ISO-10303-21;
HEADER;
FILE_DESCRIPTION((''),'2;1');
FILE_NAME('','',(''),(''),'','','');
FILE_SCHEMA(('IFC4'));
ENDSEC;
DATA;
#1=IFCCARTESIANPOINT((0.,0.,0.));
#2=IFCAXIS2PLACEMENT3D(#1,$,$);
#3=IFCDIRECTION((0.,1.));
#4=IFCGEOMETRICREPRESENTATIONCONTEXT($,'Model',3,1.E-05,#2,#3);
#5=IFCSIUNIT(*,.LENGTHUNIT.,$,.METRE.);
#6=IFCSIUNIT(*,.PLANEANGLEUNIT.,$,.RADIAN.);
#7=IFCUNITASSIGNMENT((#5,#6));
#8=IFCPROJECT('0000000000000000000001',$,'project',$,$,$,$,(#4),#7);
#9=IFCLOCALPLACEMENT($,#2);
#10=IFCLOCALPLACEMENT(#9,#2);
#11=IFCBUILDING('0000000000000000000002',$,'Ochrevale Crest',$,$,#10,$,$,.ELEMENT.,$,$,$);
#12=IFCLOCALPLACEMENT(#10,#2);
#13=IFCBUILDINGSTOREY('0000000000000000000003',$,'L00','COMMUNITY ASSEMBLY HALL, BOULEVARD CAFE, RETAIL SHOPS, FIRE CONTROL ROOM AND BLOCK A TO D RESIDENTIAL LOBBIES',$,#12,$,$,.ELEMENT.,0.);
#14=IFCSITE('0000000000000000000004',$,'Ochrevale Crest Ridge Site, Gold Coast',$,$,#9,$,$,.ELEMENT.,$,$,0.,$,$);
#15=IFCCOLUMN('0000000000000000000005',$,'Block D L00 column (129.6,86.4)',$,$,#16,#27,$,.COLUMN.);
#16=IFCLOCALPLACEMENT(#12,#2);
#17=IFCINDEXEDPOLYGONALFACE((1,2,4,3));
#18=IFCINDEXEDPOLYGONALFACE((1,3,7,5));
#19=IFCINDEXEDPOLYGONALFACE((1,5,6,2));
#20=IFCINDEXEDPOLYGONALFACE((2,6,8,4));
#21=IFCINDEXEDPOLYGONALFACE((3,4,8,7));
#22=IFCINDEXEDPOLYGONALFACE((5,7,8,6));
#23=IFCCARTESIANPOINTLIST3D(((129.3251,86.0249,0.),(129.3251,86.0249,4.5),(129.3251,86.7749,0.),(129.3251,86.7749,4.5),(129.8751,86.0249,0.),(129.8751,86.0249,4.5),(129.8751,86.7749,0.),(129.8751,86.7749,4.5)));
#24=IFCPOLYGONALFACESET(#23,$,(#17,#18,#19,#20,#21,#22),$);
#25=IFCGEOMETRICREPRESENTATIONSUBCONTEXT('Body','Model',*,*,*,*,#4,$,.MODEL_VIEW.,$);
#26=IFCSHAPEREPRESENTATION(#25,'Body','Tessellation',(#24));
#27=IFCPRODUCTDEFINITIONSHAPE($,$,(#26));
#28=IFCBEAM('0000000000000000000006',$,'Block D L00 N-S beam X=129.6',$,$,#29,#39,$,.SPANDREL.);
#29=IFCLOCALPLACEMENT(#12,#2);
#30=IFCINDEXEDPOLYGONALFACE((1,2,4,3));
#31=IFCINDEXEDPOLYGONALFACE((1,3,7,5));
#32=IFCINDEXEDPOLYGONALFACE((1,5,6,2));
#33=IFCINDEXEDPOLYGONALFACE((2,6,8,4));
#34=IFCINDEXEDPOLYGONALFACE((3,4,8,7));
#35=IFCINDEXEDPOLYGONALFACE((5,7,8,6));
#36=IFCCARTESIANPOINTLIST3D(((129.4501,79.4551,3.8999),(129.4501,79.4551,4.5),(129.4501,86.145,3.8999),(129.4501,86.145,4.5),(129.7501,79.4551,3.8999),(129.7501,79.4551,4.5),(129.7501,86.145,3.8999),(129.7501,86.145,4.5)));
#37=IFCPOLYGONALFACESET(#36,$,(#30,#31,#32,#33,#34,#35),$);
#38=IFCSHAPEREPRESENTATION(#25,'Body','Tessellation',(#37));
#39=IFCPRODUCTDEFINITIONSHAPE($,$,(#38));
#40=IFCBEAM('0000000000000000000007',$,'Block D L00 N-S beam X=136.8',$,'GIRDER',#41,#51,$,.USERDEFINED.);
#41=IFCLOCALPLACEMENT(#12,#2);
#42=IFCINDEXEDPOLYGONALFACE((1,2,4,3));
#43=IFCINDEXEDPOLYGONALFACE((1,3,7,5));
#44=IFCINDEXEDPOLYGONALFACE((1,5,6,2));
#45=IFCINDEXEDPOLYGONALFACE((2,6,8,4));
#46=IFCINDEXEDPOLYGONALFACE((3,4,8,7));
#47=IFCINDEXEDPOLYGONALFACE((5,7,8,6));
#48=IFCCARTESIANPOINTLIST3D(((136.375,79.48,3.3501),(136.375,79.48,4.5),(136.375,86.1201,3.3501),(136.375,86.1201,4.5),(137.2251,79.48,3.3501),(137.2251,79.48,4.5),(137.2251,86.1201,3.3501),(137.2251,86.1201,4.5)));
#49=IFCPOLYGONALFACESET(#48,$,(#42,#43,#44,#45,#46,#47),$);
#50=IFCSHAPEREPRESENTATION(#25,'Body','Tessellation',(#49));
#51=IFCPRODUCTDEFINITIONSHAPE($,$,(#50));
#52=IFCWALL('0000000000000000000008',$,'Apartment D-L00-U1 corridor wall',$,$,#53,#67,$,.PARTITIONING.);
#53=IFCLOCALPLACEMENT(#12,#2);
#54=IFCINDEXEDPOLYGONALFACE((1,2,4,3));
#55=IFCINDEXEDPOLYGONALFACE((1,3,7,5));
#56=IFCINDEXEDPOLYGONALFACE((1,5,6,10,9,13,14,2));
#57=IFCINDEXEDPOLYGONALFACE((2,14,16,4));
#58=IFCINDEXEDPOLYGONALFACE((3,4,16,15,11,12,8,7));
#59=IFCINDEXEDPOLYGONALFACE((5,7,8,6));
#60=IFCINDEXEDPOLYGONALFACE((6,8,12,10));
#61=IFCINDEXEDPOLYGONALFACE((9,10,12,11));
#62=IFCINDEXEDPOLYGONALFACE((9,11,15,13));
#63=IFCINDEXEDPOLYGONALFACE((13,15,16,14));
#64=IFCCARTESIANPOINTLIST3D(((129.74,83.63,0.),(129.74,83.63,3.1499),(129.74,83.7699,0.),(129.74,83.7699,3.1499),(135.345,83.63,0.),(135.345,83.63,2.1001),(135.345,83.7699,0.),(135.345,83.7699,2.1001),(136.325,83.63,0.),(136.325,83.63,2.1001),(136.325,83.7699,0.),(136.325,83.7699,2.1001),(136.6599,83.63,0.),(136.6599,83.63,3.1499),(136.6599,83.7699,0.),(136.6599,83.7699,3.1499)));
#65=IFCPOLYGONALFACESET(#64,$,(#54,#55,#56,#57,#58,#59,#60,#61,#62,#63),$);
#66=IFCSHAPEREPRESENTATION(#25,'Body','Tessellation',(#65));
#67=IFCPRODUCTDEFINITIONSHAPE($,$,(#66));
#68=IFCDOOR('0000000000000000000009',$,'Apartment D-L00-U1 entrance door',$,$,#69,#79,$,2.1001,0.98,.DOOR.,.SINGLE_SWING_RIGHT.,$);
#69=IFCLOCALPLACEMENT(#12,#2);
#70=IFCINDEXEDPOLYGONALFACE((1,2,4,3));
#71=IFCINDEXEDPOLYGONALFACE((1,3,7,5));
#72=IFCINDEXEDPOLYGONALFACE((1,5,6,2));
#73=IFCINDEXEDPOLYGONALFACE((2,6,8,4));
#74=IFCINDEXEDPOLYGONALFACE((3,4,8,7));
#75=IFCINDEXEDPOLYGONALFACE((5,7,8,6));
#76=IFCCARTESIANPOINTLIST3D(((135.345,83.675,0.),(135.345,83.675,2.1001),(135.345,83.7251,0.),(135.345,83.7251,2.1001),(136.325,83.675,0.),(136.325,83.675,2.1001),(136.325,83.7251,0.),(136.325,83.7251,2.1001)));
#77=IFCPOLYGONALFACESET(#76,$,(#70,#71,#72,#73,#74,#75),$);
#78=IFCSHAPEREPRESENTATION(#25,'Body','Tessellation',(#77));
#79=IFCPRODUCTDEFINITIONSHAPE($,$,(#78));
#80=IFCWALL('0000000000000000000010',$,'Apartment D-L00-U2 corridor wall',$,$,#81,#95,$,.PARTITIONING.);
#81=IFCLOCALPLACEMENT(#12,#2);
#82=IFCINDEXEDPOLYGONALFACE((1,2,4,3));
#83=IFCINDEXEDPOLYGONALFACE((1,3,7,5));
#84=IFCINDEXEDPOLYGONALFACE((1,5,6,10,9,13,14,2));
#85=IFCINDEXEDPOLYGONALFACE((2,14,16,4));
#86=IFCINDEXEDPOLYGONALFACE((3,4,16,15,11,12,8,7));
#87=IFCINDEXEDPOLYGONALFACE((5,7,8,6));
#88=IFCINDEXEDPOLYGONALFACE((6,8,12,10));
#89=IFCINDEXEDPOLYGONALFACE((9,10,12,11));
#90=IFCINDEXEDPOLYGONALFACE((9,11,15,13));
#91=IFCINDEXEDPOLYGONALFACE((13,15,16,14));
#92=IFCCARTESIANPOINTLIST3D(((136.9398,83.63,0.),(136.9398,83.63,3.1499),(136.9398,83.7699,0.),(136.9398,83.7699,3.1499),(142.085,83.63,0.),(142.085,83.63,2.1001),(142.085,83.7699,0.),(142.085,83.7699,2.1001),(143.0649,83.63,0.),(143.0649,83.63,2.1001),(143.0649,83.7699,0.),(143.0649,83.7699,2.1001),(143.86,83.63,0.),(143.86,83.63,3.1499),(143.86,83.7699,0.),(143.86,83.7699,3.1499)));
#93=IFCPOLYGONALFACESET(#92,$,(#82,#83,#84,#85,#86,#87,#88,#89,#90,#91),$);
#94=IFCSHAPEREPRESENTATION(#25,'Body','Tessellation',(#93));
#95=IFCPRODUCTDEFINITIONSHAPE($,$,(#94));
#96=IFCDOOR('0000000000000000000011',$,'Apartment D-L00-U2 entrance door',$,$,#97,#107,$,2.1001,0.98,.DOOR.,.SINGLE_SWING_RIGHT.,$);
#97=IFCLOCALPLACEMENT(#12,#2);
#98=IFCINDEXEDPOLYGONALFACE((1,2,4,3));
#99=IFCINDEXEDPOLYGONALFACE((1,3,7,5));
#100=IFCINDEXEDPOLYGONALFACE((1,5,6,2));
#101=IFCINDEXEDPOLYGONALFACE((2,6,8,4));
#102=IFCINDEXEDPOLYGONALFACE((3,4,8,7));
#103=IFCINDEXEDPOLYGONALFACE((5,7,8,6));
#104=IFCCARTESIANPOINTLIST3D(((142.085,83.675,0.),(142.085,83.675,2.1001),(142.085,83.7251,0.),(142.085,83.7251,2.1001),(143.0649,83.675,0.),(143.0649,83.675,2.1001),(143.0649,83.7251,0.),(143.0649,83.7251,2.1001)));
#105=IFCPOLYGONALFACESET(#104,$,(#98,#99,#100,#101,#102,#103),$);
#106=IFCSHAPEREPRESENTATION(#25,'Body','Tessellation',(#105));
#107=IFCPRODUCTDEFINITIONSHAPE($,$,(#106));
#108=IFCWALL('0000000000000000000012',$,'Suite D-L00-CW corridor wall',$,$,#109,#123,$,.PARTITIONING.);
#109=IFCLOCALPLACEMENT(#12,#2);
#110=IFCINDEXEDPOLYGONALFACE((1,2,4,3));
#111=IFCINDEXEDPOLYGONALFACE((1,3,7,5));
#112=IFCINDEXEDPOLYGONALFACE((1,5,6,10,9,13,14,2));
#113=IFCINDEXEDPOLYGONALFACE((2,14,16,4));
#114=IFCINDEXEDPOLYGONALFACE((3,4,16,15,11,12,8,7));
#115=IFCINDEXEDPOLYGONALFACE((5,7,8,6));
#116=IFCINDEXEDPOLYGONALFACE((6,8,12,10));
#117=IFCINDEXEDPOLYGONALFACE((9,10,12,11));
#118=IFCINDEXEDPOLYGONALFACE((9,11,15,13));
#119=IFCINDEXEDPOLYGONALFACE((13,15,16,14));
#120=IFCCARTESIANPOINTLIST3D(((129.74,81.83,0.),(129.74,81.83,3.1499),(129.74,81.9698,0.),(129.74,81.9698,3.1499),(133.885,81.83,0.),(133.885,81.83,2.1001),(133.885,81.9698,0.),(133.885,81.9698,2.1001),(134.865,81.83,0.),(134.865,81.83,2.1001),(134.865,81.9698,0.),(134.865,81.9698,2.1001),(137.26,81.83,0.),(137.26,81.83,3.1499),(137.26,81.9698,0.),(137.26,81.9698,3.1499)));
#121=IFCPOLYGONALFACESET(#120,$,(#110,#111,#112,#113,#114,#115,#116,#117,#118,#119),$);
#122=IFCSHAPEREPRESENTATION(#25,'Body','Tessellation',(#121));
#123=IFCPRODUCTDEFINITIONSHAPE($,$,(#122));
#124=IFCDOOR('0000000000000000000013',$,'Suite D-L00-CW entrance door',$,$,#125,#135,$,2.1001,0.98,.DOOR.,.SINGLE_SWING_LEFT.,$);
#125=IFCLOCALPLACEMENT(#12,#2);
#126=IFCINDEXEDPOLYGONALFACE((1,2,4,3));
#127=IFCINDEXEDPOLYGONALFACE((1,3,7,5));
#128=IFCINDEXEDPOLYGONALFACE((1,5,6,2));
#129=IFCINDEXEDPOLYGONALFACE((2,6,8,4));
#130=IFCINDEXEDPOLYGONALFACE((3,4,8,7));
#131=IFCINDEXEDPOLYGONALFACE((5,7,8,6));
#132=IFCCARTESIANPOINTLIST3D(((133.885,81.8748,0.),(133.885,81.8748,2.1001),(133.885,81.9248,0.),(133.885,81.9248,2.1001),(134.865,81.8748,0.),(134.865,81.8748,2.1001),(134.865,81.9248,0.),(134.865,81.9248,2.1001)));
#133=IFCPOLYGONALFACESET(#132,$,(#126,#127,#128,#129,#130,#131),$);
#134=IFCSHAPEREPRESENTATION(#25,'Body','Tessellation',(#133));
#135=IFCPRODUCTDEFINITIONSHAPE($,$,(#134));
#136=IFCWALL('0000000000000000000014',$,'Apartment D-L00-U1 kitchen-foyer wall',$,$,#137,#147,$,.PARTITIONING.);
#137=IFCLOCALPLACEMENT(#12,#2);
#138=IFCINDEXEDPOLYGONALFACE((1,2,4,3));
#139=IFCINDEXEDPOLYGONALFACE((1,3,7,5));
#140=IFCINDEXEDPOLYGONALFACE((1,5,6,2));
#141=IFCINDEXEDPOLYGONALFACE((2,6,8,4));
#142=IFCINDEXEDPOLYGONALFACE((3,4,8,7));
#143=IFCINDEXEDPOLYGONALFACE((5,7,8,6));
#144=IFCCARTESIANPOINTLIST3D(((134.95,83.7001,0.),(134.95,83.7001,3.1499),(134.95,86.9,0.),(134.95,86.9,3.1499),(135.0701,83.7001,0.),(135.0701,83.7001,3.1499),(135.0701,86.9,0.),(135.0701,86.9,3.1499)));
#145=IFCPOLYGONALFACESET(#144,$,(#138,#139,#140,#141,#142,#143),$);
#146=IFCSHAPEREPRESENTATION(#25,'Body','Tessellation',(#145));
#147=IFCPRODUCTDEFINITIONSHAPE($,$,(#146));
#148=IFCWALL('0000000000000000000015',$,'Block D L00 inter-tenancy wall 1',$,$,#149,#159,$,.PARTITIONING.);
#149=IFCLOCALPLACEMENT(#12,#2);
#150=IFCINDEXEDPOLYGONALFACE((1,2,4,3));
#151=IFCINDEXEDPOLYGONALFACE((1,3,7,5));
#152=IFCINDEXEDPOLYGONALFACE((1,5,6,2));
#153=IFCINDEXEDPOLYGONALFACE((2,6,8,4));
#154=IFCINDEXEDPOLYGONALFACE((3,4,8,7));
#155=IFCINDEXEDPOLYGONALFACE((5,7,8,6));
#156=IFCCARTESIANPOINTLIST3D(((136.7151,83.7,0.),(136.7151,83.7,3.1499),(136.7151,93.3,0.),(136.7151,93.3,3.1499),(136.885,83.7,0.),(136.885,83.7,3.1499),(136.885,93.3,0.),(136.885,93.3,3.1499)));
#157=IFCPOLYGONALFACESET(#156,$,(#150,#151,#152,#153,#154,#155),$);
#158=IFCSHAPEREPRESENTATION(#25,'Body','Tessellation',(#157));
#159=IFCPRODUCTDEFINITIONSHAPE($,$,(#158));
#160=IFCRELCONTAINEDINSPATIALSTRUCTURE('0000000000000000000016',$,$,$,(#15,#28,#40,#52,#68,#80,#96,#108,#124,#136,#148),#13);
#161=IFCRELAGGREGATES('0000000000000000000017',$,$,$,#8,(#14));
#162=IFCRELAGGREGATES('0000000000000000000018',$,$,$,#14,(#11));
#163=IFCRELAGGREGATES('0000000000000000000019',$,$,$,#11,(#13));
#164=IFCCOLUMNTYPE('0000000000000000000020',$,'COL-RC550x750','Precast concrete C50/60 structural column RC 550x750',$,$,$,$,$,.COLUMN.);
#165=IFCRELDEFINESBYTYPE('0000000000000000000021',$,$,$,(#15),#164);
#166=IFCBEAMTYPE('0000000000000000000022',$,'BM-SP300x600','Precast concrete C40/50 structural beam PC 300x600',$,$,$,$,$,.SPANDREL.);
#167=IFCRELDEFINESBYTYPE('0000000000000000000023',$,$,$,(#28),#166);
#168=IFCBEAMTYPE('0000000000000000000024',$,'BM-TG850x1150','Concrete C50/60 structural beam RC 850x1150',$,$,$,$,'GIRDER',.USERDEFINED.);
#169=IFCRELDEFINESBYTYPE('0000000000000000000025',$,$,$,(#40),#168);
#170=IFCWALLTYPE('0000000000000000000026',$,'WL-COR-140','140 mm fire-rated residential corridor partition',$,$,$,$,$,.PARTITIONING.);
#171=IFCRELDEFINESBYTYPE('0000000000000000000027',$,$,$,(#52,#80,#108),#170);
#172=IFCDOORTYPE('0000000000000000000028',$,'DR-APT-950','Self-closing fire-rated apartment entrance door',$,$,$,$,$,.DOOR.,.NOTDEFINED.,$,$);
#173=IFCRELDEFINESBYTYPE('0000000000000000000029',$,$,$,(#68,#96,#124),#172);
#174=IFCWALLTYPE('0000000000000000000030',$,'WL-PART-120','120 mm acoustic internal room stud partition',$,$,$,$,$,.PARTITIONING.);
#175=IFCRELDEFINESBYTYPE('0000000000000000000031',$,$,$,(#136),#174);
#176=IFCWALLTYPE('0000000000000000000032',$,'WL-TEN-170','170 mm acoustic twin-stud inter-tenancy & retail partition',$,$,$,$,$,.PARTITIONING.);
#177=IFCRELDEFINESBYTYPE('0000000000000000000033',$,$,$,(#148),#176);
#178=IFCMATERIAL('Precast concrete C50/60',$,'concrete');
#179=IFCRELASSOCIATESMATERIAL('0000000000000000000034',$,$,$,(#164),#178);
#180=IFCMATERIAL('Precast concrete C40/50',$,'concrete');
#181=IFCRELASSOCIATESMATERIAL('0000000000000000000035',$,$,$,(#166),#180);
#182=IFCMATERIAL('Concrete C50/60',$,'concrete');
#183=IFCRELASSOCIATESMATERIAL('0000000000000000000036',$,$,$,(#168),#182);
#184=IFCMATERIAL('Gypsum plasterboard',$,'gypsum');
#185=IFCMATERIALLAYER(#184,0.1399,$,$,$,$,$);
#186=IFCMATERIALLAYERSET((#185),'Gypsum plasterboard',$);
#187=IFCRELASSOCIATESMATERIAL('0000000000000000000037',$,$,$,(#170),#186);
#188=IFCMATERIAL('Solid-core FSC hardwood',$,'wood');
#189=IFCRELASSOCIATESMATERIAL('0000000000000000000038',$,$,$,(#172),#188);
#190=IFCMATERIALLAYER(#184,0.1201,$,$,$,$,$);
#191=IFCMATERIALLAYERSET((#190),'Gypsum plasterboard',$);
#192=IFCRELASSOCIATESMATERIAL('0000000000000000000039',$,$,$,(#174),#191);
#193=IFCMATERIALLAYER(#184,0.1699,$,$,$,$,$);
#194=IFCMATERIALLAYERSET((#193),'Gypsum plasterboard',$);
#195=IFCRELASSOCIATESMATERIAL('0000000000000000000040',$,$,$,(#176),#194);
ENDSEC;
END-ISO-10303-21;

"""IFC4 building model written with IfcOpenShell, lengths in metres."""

from ifc_helpers import new_model, si_unit, direction, frame, frame_2d, origin, origin_2d, place, context, subcontext, project, spatial, rectangle, extrude, material, layer, layer_set, material_profile, profile_set, type_object, element, fill, save


model = new_model("IFC4")

# Units and contexts
model_context = context("Model", 3, precision=1e-05, world=origin(), true_north=direction((0.0, 1.0)))
body_context = subcontext(model_context, "Body", "Model", "MODEL_VIEW")
ifc_project = project(units=[si_unit("LENGTHUNIT", "METRE"), si_unit("PLANEANGLEUNIT", "RADIAN")], contexts=[model_context])

# Site, building, storey
site_placement = place(None, origin())
site = spatial("IfcSite", under=ifc_project, at=site_placement, Name="Ochrevale Crest Ridge Site, Gold Coast", CompositionType="ELEMENT", RefElevation=0.0)
building_placement = place(site_placement, origin())
building = spatial("IfcBuilding", under=site, at=building_placement, Name="Ochrevale Crest", CompositionType="ELEMENT")
storey_placement = place(building_placement, origin())
storey = spatial("IfcBuildingStorey", under=building, at=storey_placement, Name="L00", Description="COMMUNITY ASSEMBLY HALL, BOULEVARD CAFE, RETAIL SHOPS, FIRE CONTROL ROOM AND BLOCK A TO D RESIDENTIAL LOBBIES", CompositionType="ELEMENT", Elevation=0.0)

# Column
ifc_material_1 = material(Name="Precast concrete C50/60", Category="concrete")
ifc_material_profile_1 = material_profile(ifc_material_1, rectangle(XDim=0.55, YDim=0.75, at=origin_2d()), Name="RC 550x750")
ifc_profile_set_1 = profile_set([ifc_material_profile_1], Name="Precast concrete C50/60")
column_type = type_object("IfcColumnType", Name="COL-RC550x750", Description="Precast concrete C50/60 structural column RC 550x750", PredefinedType="COLUMN", material=ifc_profile_set_1)
column_placement = place(storey_placement, frame((129.6001, 86.3999, 0.0), z_axis=(0.0, 0.0, 1.0), x_axis=(1.0, 0.0, 0.0)))
element("IfcColumn", 1, at=column_placement, inside=storey, type_object=column_type, Name="Block D L00 column (129.6,86.4)", PredefinedType="COLUMN", context=body_context, shape_type="SweptSolid", body=[
    extrude(rectangle(XDim=0.55, YDim=0.75, at=origin_2d()), origin(), (0.0, 0.0, 1.0), 4.5),
])

# Beams
ifc_material_2 = material(Name="Precast concrete C40/50", Category="concrete")
ifc_material_profile_2 = material_profile(ifc_material_2, rectangle(XDim=0.3, YDim=0.6001, at=origin_2d()), Name="PC 300x600")
ifc_profile_set_2 = profile_set([ifc_material_profile_2], Name="Precast concrete C40/50")
beam_type_1 = type_object("IfcBeamType", Name="BM-SP300x600", Description="Precast concrete C40/50 structural beam PC 300x600", PredefinedType="SPANDREL", material=ifc_profile_set_2)
beam_1_placement = place(storey_placement, frame((129.6001, 79.4551, 4.2), z_axis=(0.0, 1.0, 0.0), x_axis=(-1.0, 0.0, 0.0)))
element("IfcBeam", 2, at=beam_1_placement, inside=storey, type_object=beam_type_1, Name="Block D L00 N-S beam X=129.6", PredefinedType="SPANDREL", context=body_context, shape_type="SweptSolid", body=[
    extrude(rectangle(XDim=0.3, YDim=0.6001, at=origin_2d()), origin(), (0.0, 0.0, 1.0), 6.6899),
])
ifc_material_3 = material(Name="Concrete C50/60", Category="concrete")
ifc_material_profile_3 = material_profile(ifc_material_3, rectangle(XDim=0.8501, YDim=1.1499, at=origin_2d()), Name="RC 850x1150")
ifc_profile_set_3 = profile_set([ifc_material_profile_3], Name="Concrete C50/60")
beam_type_2 = type_object("IfcBeamType", Name="BM-TG850x1150", Description="Concrete C50/60 structural beam RC 850x1150", ElementType="GIRDER", PredefinedType="USERDEFINED", material=ifc_profile_set_3)
beam_2_placement = place(storey_placement, frame((136.8, 79.48, 3.925), z_axis=(0.0, 1.0, 0.0), x_axis=(-1.0, 0.0, 0.0)))
element("IfcBeam", 3, at=beam_2_placement, inside=storey, type_object=beam_type_2, Name="Block D L00 N-S beam X=136.8", ObjectType="GIRDER", PredefinedType="USERDEFINED", context=body_context, shape_type="SweptSolid", body=[
    extrude(rectangle(XDim=0.8501, YDim=1.1499, at=origin_2d()), origin(), (0.0, 0.0, 1.0), 6.6401),
])

# Walls, openings, doors
ifc_material_4 = material(Name="Gypsum plasterboard", Category="gypsum")
ifc_layer_1 = layer(ifc_material_4, 0.1399)
ifc_layer_set_1 = layer_set([ifc_layer_1], Name="Gypsum plasterboard")
wall_type_1 = type_object("IfcWallType", Name="WL-COR-140", Description="140 mm fire-rated residential corridor partition", PredefinedType="PARTITIONING", material=ifc_layer_set_1)
wall_1_placement = place(storey_placement, frame((129.74, 83.7, 0.0), z_axis=(0.0, 0.0, 1.0), x_axis=(1.0, 0.0, 0.0)))
wall_1 = element("IfcWall", 4, at=wall_1_placement, inside=storey, type_object=wall_type_1, Name="Apartment D-L00-U1 corridor wall", PredefinedType="PARTITIONING", context=body_context, shape_type="SweptSolid", body=[
    extrude(rectangle(XDim=6.9199, YDim=0.1399, at=frame_2d((3.46, 0.0))), origin(), (0.0, 0.0, 1.0), 3.1499),
])
opening_1_placement = place(wall_1_placement, frame((6.585, 0.0, 0.0), z_axis=(0.0, 0.0, 1.0), x_axis=(-1.0, 0.0, 0.0)))
opening_1 = element("IfcOpeningElement", 5, at=opening_1_placement, cuts=wall_1, PredefinedType="OPENING", context=body_context, shape_type="SweptSolid", body=[
    extrude(rectangle(XDim=0.98, YDim=2.1001, at=frame_2d((0.49, 1.05))), frame((0.0, 0.0801, 0.0), z_axis=(0.0, -1.0, 0.0), x_axis=(1.0, 0.0, 0.0)), (0.0, 0.0, 1.0), 0.1599),
])
ifc_material_5 = material(Name="Solid-core FSC hardwood", Category="wood")
door_type = type_object("IfcDoorType", Name="DR-APT-950", Description="Self-closing fire-rated apartment entrance door", OperationType="NOTDEFINED", PredefinedType="DOOR", material=ifc_material_5)
door_1_placement = place(opening_1_placement, origin())
door_1 = element("IfcDoor", 6, at=door_1_placement, inside=storey, type_object=door_type, Name="Apartment D-L00-U1 entrance door", OperationType="SINGLE_SWING_RIGHT", OverallHeight=2.1001, OverallWidth=0.98, PredefinedType="DOOR", context=body_context, shape_type="SweptSolid", body=[
    extrude(rectangle(XDim=0.98, YDim=2.1001, at=frame_2d((0.49, 1.05))), frame((0.0, 0.0249, 0.0), z_axis=(0.0, -1.0, 0.0), x_axis=(1.0, 0.0, 0.0)), (0.0, 0.0, 1.0), 0.05),
])
fill(opening_1, door_1)
wall_2_placement = place(storey_placement, frame((136.9399, 83.7, 0.0), z_axis=(0.0, 0.0, 1.0), x_axis=(1.0, 0.0, 0.0)))
wall_2 = element("IfcWall", 7, at=wall_2_placement, inside=storey, type_object=wall_type_1, Name="Apartment D-L00-U2 corridor wall", PredefinedType="PARTITIONING", context=body_context, shape_type="SweptSolid", body=[
    extrude(rectangle(XDim=6.9202, YDim=0.1399, at=frame_2d((3.46, 0.0))), origin(), (0.0, 0.0, 1.0), 3.1499),
])
opening_2_placement = place(wall_2_placement, frame((6.125, 0.0, 0.0), z_axis=(0.0, 0.0, 1.0), x_axis=(-1.0, 0.0, 0.0)))
opening_2 = element("IfcOpeningElement", 8, at=opening_2_placement, cuts=wall_2, PredefinedType="OPENING", context=body_context, shape_type="SweptSolid", body=[
    extrude(rectangle(XDim=0.98, YDim=2.1001, at=frame_2d((0.49, 1.05))), frame((0.0, 0.0801, 0.0), z_axis=(0.0, -1.0, 0.0), x_axis=(1.0, 0.0, 0.0)), (0.0, 0.0, 1.0), 0.1599),
])
door_2_placement = place(opening_2_placement, origin())
door_2 = element("IfcDoor", 9, at=door_2_placement, inside=storey, type_object=door_type, Name="Apartment D-L00-U2 entrance door", OperationType="SINGLE_SWING_RIGHT", OverallHeight=2.1001, OverallWidth=0.98, PredefinedType="DOOR", context=body_context, shape_type="SweptSolid", body=[
    extrude(rectangle(XDim=0.98, YDim=2.1001, at=frame_2d((0.49, 1.05))), frame((0.0, 0.0249, 0.0), z_axis=(0.0, -1.0, 0.0), x_axis=(1.0, 0.0, 0.0)), (0.0, 0.0, 1.0), 0.05),
])
fill(opening_2, door_2)
wall_3_placement = place(storey_placement, frame((129.74, 81.8999, 0.0), z_axis=(0.0, 0.0, 1.0), x_axis=(1.0, 0.0, 0.0)))
wall_3 = element("IfcWall", 10, at=wall_3_placement, inside=storey, type_object=wall_type_1, Name="Suite D-L00-CW corridor wall", PredefinedType="PARTITIONING", context=body_context, shape_type="SweptSolid", body=[
    extrude(rectangle(XDim=7.52, YDim=0.1399, at=frame_2d((3.76, 0.0))), origin(), (0.0, 0.0, 1.0), 3.1499),
])
opening_3_placement = place(wall_3_placement, frame((4.145, 0.0, 0.0)))
opening_3 = element("IfcOpeningElement", 11, at=opening_3_placement, cuts=wall_3, PredefinedType="OPENING", context=body_context, shape_type="SweptSolid", body=[
    extrude(rectangle(XDim=0.98, YDim=2.1001, at=frame_2d((0.49, 1.05))), frame((0.0, 0.0801, 0.0), z_axis=(0.0, -1.0, 0.0), x_axis=(1.0, 0.0, 0.0)), (0.0, 0.0, 1.0), 0.1599),
])
door_3_placement = place(opening_3_placement, origin())
door_3 = element("IfcDoor", 12, at=door_3_placement, inside=storey, type_object=door_type, Name="Suite D-L00-CW entrance door", OperationType="SINGLE_SWING_LEFT", OverallHeight=2.1001, OverallWidth=0.98, PredefinedType="DOOR", context=body_context, shape_type="SweptSolid", body=[
    extrude(rectangle(XDim=0.98, YDim=2.1001, at=frame_2d((0.49, 1.05))), frame((0.0, 0.0249, 0.0), z_axis=(0.0, -1.0, 0.0), x_axis=(1.0, 0.0, 0.0)), (0.0, 0.0, 1.0), 0.05),
])
fill(opening_3, door_3)

# Walls
ifc_layer_2 = layer(ifc_material_4, 0.1201)
ifc_layer_set_2 = layer_set([ifc_layer_2], Name="Gypsum plasterboard")
wall_type_2 = type_object("IfcWallType", Name="WL-PART-120", Description="120 mm acoustic internal room stud partition", PredefinedType="PARTITIONING", material=ifc_layer_set_2)
wall_4_placement = place(storey_placement, frame((135.01, 83.7, 0.0), z_axis=(0.0, 0.0, 1.0), x_axis=(0.0, 1.0, 0.0)))
element("IfcWall", 13, at=wall_4_placement, inside=storey, type_object=wall_type_2, Name="Apartment D-L00-U1 kitchen-foyer wall", PredefinedType="PARTITIONING", context=body_context, shape_type="SweptSolid", body=[
    extrude(rectangle(XDim=3.2, YDim=0.1201, at=frame_2d((1.6001, 0.0))), origin(), (0.0, 0.0, 1.0), 3.1499),
])
ifc_layer_3 = layer(ifc_material_4, 0.1699)
ifc_layer_set_3 = layer_set([ifc_layer_3], Name="Gypsum plasterboard")
wall_type_3 = type_object("IfcWallType", Name="WL-TEN-170", Description="170 mm acoustic twin-stud inter-tenancy & retail partition", PredefinedType="PARTITIONING", material=ifc_layer_set_3)
wall_5_placement = place(storey_placement, frame((136.8, 83.7, 0.0), z_axis=(0.0, 0.0, 1.0), x_axis=(0.0, 1.0, 0.0)))
element("IfcWall", 14, at=wall_5_placement, inside=storey, type_object=wall_type_3, Name="Block D L00 inter-tenancy wall 1", PredefinedType="PARTITIONING", context=body_context, shape_type="SweptSolid", body=[
    extrude(rectangle(XDim=9.6001, YDim=0.1699, at=frame_2d((4.8, 0.0))), origin(), (0.0, 0.0, 1.0), 3.1499),
])

save(model, "model.ifc")
